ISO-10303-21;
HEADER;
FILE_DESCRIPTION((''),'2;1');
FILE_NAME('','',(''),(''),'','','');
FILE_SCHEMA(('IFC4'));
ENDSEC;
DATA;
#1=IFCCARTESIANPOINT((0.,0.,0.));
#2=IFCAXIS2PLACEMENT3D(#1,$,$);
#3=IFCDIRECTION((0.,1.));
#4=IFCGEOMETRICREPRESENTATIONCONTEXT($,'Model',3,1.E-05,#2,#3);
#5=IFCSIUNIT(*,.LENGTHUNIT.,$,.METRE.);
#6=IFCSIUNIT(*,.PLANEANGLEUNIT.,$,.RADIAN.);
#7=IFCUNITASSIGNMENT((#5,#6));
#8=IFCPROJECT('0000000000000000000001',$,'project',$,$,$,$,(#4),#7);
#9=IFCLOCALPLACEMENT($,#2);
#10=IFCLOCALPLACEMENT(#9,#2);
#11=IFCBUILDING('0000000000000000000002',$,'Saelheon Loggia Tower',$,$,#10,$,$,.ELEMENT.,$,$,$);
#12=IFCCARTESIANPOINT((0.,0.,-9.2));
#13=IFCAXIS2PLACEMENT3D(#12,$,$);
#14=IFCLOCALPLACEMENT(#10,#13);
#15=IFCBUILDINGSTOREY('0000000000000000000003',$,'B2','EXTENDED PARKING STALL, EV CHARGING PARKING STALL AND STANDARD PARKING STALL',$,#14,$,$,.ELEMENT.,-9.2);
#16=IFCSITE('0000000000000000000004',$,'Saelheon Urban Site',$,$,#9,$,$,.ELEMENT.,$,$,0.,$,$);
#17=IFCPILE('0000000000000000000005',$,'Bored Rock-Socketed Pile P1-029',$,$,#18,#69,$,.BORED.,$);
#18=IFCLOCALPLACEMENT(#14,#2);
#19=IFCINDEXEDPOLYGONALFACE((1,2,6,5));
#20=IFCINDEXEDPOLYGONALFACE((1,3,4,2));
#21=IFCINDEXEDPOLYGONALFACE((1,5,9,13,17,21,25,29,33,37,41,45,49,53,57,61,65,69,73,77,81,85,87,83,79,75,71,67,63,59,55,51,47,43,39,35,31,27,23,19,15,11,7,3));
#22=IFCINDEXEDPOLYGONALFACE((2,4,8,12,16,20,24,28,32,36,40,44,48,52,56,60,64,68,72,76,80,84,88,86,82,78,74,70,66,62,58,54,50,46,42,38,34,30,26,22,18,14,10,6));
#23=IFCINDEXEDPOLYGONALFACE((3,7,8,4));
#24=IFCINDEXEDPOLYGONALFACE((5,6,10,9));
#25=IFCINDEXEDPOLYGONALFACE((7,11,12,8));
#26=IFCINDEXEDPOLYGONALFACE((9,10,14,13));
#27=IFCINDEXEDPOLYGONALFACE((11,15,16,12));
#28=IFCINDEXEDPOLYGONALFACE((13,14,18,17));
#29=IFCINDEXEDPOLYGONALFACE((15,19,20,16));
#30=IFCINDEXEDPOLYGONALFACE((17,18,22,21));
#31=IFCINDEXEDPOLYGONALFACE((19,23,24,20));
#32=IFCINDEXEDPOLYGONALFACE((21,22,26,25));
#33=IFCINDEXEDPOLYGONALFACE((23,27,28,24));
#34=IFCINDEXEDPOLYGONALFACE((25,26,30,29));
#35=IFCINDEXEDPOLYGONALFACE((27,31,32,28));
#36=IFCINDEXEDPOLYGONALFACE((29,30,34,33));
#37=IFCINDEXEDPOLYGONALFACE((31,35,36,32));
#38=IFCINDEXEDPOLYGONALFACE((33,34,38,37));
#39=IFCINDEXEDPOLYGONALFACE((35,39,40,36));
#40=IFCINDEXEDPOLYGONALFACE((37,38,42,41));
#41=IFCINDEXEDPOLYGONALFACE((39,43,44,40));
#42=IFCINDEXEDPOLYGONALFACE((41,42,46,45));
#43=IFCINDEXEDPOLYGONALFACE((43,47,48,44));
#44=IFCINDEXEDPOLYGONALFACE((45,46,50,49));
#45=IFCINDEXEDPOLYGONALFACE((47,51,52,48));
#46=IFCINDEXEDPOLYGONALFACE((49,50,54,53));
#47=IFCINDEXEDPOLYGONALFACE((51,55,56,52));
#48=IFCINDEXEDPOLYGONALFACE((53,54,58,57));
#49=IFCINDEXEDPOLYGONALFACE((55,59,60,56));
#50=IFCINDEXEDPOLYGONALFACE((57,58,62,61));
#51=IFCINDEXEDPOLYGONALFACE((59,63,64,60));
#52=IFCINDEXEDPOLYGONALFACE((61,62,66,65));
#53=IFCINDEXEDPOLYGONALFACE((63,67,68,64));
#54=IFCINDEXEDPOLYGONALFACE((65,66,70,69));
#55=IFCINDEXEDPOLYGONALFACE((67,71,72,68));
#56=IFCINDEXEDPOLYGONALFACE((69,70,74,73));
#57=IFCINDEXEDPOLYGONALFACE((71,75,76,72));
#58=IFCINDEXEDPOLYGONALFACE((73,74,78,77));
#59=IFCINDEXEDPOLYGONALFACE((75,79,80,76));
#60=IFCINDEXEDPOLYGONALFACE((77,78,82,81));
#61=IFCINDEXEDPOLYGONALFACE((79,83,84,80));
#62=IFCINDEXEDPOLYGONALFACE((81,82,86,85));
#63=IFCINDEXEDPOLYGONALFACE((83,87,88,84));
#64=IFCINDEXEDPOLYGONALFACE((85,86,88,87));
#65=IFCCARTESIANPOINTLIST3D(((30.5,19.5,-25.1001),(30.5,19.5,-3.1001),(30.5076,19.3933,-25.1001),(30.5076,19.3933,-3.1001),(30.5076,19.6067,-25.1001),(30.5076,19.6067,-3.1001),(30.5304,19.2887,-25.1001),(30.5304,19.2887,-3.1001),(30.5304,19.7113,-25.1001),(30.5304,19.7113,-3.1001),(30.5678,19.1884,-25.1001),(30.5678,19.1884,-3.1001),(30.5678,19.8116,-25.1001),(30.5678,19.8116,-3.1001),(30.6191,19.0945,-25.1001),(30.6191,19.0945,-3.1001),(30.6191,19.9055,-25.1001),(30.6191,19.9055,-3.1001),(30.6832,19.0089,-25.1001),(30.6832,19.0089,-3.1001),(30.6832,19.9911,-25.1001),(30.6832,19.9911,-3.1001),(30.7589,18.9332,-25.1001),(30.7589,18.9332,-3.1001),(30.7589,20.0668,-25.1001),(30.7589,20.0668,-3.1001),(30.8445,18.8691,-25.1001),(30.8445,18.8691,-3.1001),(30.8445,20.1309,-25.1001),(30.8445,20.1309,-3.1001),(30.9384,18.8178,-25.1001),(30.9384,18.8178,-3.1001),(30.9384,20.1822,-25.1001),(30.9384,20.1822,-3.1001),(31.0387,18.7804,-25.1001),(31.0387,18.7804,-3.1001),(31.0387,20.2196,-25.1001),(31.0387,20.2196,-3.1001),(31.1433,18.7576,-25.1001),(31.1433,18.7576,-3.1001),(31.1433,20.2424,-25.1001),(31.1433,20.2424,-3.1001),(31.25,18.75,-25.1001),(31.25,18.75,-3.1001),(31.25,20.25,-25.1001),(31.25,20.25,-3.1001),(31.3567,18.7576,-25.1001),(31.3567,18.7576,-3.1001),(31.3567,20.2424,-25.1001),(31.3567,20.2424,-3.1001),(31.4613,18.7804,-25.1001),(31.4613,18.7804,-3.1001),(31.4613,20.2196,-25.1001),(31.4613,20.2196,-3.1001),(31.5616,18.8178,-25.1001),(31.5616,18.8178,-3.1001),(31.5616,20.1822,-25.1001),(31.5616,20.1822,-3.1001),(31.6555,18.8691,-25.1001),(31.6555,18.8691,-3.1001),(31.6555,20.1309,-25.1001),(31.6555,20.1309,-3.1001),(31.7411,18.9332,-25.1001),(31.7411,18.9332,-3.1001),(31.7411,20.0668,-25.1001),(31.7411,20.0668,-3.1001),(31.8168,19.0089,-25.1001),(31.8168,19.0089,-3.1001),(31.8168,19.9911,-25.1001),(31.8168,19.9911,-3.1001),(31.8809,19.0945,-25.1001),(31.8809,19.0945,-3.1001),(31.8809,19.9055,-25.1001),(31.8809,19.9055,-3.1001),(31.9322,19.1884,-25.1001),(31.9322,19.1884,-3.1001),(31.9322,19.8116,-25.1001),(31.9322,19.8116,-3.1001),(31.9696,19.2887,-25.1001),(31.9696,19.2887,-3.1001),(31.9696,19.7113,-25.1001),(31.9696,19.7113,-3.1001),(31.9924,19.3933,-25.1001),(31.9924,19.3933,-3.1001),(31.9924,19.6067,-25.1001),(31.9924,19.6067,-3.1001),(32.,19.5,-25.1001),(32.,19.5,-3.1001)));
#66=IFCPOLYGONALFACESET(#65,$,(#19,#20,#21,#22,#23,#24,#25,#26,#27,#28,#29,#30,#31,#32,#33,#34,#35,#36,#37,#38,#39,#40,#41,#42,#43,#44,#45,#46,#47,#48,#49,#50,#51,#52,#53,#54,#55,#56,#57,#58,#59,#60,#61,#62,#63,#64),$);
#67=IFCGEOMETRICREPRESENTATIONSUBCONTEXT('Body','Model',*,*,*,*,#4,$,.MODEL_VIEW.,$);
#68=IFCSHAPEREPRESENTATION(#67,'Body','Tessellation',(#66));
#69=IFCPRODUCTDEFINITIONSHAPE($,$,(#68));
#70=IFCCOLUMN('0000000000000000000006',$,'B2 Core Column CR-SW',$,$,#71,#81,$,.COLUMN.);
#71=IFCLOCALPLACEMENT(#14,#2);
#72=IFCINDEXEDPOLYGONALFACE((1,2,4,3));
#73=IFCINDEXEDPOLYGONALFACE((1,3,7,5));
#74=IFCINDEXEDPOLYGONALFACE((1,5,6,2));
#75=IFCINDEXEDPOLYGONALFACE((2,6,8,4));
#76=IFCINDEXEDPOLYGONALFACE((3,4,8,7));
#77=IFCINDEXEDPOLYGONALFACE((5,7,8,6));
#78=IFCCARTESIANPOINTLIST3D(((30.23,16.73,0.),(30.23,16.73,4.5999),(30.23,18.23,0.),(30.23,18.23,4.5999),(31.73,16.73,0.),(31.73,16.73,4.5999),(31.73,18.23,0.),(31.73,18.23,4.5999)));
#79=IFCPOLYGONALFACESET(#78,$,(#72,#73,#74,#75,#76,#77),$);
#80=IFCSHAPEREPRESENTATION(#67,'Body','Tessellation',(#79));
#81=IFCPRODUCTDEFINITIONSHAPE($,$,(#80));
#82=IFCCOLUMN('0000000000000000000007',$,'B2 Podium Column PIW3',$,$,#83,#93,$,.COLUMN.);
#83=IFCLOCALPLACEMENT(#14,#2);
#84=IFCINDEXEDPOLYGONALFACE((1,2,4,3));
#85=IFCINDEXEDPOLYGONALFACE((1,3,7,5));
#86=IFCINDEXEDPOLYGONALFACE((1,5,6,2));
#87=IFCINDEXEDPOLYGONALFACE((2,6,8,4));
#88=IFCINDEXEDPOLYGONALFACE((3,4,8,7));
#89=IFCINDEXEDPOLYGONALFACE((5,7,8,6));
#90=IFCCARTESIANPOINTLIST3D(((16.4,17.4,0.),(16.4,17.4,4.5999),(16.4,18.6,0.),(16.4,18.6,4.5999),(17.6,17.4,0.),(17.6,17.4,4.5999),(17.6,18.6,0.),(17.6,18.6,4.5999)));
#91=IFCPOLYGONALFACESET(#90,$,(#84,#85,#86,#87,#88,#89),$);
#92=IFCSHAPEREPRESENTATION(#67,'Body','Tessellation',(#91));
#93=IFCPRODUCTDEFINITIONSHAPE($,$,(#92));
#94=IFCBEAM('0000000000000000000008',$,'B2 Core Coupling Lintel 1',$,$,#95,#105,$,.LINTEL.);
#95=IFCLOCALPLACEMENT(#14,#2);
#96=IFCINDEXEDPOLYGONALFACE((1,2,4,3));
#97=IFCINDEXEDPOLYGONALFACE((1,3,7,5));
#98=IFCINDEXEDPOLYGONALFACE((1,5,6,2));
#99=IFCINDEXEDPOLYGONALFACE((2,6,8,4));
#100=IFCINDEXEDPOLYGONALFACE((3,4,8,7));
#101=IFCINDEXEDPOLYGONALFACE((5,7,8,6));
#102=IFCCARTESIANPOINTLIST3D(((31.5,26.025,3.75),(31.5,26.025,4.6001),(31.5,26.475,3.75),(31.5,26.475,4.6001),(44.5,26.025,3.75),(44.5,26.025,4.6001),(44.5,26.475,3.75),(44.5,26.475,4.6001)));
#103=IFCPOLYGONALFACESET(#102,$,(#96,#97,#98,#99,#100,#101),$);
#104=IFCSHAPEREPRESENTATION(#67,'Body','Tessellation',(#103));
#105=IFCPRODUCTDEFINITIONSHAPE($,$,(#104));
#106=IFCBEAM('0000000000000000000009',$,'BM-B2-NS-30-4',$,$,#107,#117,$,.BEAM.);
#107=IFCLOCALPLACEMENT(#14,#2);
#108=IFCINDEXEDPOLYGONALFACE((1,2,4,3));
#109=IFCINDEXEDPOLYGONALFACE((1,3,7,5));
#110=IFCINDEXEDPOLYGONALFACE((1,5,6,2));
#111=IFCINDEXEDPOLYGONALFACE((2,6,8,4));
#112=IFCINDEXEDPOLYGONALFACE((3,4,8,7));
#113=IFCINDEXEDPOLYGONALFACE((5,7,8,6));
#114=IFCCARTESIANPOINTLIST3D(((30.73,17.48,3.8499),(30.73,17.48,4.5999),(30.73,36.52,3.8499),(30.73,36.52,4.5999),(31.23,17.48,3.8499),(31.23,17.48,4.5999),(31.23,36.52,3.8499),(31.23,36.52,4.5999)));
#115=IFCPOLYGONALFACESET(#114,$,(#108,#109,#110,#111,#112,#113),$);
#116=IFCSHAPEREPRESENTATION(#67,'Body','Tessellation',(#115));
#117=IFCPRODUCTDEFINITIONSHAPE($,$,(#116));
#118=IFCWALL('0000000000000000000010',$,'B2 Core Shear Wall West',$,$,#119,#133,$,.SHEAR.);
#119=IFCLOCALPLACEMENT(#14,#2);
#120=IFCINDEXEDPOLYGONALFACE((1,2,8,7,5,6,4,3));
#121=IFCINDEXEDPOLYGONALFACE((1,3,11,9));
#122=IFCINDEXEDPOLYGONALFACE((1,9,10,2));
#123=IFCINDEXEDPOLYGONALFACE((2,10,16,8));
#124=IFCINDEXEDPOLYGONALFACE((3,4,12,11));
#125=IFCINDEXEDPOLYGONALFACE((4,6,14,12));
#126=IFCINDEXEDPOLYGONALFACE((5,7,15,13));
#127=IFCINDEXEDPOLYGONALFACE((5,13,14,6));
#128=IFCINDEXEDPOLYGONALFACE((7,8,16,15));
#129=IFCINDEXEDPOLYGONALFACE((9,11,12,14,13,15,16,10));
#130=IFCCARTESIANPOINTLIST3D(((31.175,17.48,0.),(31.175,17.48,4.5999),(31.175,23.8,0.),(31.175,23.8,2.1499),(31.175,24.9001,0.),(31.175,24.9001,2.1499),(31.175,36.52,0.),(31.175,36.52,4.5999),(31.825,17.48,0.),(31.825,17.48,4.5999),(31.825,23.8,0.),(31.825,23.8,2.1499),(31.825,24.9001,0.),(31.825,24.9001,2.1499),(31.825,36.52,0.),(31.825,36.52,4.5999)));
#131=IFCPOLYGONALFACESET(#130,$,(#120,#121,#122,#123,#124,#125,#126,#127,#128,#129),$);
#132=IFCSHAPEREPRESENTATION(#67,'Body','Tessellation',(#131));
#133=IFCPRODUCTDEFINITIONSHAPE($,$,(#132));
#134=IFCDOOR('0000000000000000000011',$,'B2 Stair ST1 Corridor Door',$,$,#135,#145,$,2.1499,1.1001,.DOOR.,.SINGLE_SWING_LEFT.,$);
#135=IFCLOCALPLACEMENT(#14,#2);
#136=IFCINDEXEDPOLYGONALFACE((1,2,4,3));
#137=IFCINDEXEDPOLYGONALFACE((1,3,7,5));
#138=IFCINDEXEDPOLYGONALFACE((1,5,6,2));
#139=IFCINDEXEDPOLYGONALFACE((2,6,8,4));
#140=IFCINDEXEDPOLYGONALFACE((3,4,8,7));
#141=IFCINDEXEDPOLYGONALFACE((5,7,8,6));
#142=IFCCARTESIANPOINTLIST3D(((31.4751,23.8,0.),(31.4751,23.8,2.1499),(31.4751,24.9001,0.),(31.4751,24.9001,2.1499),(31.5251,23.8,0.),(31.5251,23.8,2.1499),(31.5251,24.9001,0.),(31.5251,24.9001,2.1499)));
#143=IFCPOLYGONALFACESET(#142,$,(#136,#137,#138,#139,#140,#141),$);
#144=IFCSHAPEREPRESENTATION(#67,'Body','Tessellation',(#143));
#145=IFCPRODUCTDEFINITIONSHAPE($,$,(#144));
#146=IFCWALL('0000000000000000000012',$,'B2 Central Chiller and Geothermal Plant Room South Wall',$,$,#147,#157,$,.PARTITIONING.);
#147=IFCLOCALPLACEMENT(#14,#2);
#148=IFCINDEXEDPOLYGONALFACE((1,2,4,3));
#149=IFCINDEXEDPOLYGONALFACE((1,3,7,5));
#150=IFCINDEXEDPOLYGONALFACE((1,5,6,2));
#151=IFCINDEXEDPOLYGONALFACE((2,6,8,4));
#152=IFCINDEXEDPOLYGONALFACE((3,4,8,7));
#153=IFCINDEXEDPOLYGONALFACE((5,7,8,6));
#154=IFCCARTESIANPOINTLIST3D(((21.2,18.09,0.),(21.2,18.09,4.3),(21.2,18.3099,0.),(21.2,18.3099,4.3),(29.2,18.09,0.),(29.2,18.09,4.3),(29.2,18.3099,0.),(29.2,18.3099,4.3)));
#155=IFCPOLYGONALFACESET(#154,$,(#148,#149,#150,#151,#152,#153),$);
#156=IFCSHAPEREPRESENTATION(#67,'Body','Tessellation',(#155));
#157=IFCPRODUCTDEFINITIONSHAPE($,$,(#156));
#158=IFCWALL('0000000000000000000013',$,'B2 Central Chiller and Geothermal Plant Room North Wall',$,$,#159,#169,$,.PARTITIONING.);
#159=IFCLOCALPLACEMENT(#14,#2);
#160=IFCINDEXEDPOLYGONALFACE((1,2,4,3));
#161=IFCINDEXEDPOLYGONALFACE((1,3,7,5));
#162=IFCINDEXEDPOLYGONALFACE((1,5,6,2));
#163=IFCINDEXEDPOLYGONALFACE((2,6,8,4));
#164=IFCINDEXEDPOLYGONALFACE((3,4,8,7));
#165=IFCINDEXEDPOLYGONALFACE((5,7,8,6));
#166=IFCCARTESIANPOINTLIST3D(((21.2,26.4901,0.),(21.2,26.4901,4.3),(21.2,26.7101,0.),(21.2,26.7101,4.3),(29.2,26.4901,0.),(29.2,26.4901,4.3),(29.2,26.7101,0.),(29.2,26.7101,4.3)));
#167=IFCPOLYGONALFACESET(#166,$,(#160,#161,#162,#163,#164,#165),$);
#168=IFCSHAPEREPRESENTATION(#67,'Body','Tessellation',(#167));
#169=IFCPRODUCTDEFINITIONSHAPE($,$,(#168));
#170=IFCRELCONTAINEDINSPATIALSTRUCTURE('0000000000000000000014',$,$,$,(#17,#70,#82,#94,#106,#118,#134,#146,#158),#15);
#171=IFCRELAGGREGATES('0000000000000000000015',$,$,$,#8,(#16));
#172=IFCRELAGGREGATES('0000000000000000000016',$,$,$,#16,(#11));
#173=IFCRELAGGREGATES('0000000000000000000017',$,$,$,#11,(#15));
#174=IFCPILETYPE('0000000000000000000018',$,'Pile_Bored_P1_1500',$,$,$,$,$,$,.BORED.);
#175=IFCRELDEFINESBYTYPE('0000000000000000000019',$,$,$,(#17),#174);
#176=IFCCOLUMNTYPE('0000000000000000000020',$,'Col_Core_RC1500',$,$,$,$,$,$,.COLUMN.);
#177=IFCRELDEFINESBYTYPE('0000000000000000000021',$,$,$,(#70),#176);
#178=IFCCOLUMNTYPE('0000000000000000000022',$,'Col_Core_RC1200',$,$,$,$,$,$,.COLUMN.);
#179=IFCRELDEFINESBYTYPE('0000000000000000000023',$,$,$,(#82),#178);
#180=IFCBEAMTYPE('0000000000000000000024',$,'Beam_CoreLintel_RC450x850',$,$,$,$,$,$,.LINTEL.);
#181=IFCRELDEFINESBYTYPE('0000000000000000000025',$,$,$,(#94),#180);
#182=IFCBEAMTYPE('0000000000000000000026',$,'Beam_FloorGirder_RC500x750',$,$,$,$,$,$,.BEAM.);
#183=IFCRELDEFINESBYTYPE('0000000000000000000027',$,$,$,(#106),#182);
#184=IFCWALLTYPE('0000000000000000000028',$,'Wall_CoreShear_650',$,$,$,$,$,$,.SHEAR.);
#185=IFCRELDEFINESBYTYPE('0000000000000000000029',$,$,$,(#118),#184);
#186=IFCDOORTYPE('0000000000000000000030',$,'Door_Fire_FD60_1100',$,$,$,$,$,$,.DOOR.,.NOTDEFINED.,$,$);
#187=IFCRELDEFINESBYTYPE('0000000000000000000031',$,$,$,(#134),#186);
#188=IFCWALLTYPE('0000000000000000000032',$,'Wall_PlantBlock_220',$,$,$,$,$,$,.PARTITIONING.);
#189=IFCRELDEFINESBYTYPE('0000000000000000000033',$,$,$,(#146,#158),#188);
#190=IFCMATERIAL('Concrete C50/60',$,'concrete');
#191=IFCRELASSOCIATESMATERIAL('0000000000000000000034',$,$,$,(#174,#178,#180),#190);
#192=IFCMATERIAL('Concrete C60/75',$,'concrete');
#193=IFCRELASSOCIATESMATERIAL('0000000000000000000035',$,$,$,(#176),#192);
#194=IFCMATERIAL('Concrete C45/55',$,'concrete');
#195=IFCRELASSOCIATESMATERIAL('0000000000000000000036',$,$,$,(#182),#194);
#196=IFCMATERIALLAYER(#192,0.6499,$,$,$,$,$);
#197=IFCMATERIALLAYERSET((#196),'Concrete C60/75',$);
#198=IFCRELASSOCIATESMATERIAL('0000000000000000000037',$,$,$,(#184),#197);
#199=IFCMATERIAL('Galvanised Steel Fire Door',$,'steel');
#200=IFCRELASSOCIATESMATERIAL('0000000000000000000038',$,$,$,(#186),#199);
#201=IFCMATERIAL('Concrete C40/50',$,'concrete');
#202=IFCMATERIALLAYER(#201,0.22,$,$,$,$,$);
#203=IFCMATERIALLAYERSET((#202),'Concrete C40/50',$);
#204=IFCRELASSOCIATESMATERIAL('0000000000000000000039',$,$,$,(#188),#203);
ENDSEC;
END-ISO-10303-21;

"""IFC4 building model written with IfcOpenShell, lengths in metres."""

from ifc_helpers import new_model, si_unit, direction, frame, frame_2d, origin, origin_2d, place, context, subcontext, project, spatial, rectangle, circle, extrude, source, transform, mapped, material, layer, layer_set, material_profile, profile_set, type_object, element, fill, save


model = new_model("IFC4")

# Units and contexts
model_context = context("Model", 3, precision=1e-05, world=origin(), true_north=direction((0.0, 1.0)))
body_context = subcontext(model_context, "Body", "Model", "MODEL_VIEW")
ifc_project = project(units=[si_unit("LENGTHUNIT", "METRE"), si_unit("PLANEANGLEUNIT", "RADIAN")], contexts=[model_context])

# Site, building, storey
site_placement = place(None, origin())
site = spatial("IfcSite", under=ifc_project, at=site_placement, Name="Saelheon Urban Site", CompositionType="ELEMENT", RefElevation=0.0)
building_placement = place(site_placement, origin())
building = spatial("IfcBuilding", under=site, at=building_placement, Name="Saelheon Loggia Tower", CompositionType="ELEMENT")
storey_placement = place(building_placement, frame((0.0, 0.0, -9.2)))
storey = spatial("IfcBuildingStorey", under=building, at=storey_placement, Name="B2", Description="EXTENDED PARKING STALL, EV CHARGING PARKING STALL AND STANDARD PARKING STALL", CompositionType="ELEMENT", Elevation=-9.2)

# Pile
ifc_material_1 = material(Name="Concrete C50/60", Category="concrete")
ifc_material_profile_1 = material_profile(ifc_material_1, circle(Radius=0.75, at=origin_2d()), Name="CIRC-1500")
ifc_profile_set_1 = profile_set([ifc_material_profile_1], Name="Concrete C50/60")
pile_type = type_object("IfcPileType", Name="Pile_Bored_P1_1500", PredefinedType="BORED", material=ifc_profile_set_1)
shared_shape_1 = source(origin(), body_context, "Body", "SweptSolid", [
    extrude(circle(Radius=0.75, at=origin_2d()), origin(), (0.0, 0.0, 1.0), 22.0),
])
for number, where, z_axis, x_axis, name in (
    (1, (31.25, 19.5, -3.1001), (0.0, 0.0, -1.0), (1.0, 0.0, 0.0), "Bored Rock-Socketed Pile P1-029"),
):
    element("IfcPile", number, at=place(storey_placement, frame(where, z_axis=z_axis, x_axis=x_axis)), inside=storey, type_object=pile_type, Name=name, PredefinedType="BORED", context=body_context, shape_type="MappedRepresentation", body=[
        mapped(shared_shape_1, transform((0.0, 0.0, 0.0), scale=1.0)),
    ])

# Columns
ifc_material_2 = material(Name="Concrete C60/75", Category="concrete")
ifc_material_profile_2 = material_profile(ifc_material_2, rectangle(XDim=1.5, YDim=1.5, at=origin_2d()), Name="RC-1500x1500")
ifc_profile_set_2 = profile_set([ifc_material_profile_2], Name="Concrete C60/75")
column_type_1 = type_object("IfcColumnType", Name="Col_Core_RC1500", PredefinedType="COLUMN", material=ifc_profile_set_2)
shared_shape_2 = source(origin(), body_context, "Body", "SweptSolid", [
    extrude(rectangle(XDim=1.5, YDim=1.5, at=origin_2d()), origin(), (0.0, 0.0, 1.0), 4.5999),
])
column_1_placement = place(storey_placement, frame((30.98, 17.48, 0.0), z_axis=(0.0, 0.0, 1.0), x_axis=(1.0, 0.0, 0.0)))
element("IfcColumn", 2, at=column_1_placement, inside=storey, type_object=column_type_1, Name="B2 Core Column CR-SW", PredefinedType="COLUMN", context=body_context, shape_type="MappedRepresentation", body=[
    mapped(shared_shape_2, transform((0.0, 0.0, 0.0), scale=1.0)),
])
ifc_material_profile_3 = material_profile(ifc_material_1, rectangle(XDim=1.2, YDim=1.2, at=origin_2d()), Name="RC-1200x1200")
ifc_profile_set_3 = profile_set([ifc_material_profile_3], Name="Concrete C50/60")
column_type_2 = type_object("IfcColumnType", Name="Col_Core_RC1200", PredefinedType="COLUMN", material=ifc_profile_set_3)
shared_shape_3 = source(origin(), body_context, "Body", "SweptSolid", [
    extrude(rectangle(XDim=1.2, YDim=1.2, at=origin_2d()), origin(), (0.0, 0.0, 1.0), 4.5999),
])
column_2_placement = place(storey_placement, frame((17.0, 18.0, 0.0), z_axis=(0.0, 0.0, 1.0), x_axis=(1.0, 0.0, 0.0)))
element("IfcColumn", 3, at=column_2_placement, inside=storey, type_object=column_type_2, Name="B2 Podium Column PIW3", PredefinedType="COLUMN", context=body_context, shape_type="MappedRepresentation", body=[
    mapped(shared_shape_3, transform((0.0, 0.0, 0.0), scale=1.0)),
])

# Beams
ifc_material_profile_4 = material_profile(ifc_material_1, rectangle(XDim=0.45, YDim=0.8501, at=origin_2d()), Name="RC-450x850")
ifc_profile_set_4 = profile_set([ifc_material_profile_4], Name="Concrete C50/60")
beam_type_1 = type_object("IfcBeamType", Name="Beam_CoreLintel_RC450x850", PredefinedType="LINTEL", material=ifc_profile_set_4)
shared_shape_4 = source(origin(), body_context, "Body", "SweptSolid", [
    extrude(rectangle(XDim=0.45, YDim=0.8501, at=origin_2d()), origin(), (0.0, 0.0, 1.0), 13.0),
])
beam_1_placement = place(storey_placement, frame((31.5, 26.25, 4.175), z_axis=(1.0, 0.0, 0.0), x_axis=(0.0, 1.0, 0.0)))
element("IfcBeam", 4, at=beam_1_placement, inside=storey, type_object=beam_type_1, Name="B2 Core Coupling Lintel 1", PredefinedType="LINTEL", context=body_context, shape_type="MappedRepresentation", body=[
    mapped(shared_shape_4, transform((0.0, 0.0, 0.0), scale=1.0)),
])
ifc_material_3 = material(Name="Concrete C45/55", Category="concrete")
ifc_material_profile_5 = material_profile(ifc_material_3, rectangle(XDim=0.5, YDim=0.75, at=origin_2d()), Name="RC-500x750")
ifc_profile_set_5 = profile_set([ifc_material_profile_5], Name="Concrete C45/55")
beam_type_2 = type_object("IfcBeamType", Name="Beam_FloorGirder_RC500x750", PredefinedType="BEAM", material=ifc_profile_set_5)
shared_shape_5 = source(origin(), body_context, "Body", "SweptSolid", [
    extrude(rectangle(XDim=0.5, YDim=0.75, at=origin_2d()), origin(), (0.0, 0.0, 1.0), 19.04),
])
beam_2_placement = place(storey_placement, frame((30.98, 17.48, 4.2249), z_axis=(0.0, 1.0, 0.0), x_axis=(-1.0, 0.0, 0.0)))
element("IfcBeam", 5, at=beam_2_placement, inside=storey, type_object=beam_type_2, Name="BM-B2-NS-30-4", PredefinedType="BEAM", context=body_context, shape_type="MappedRepresentation", body=[
    mapped(shared_shape_5, transform((0.0, 0.0, 0.0), scale=1.0)),
])

# Wall, opening, door
ifc_layer_1 = layer(ifc_material_2, 0.6499)
ifc_layer_set_1 = layer_set([ifc_layer_1], Name="Concrete C60/75")
wall_type_1 = type_object("IfcWallType", Name="Wall_CoreShear_650", PredefinedType="SHEAR", material=ifc_layer_set_1)
wall_1_placement = place(storey_placement, frame((31.5, 17.48, 0.0), z_axis=(0.0, 0.0, 1.0), x_axis=(0.0, 1.0, 0.0)))
wall_1 = element("IfcWall", 6, at=wall_1_placement, inside=storey, type_object=wall_type_1, Name="B2 Core Shear Wall West", PredefinedType="SHEAR", context=body_context, shape_type="SweptSolid", body=[
    extrude(rectangle(XDim=19.04, YDim=0.6499, at=frame_2d((9.52, 0.0))), origin(), (0.0, 0.0, 1.0), 4.5999),
])
opening_1_placement = place(wall_1_placement, frame((6.3201, 0.0, 0.0)))
opening_1 = element("IfcOpeningElement", 7, at=opening_1_placement, cuts=wall_1, PredefinedType="OPENING", context=body_context, shape_type="SweptSolid", body=[
    extrude(rectangle(XDim=1.1001, YDim=2.1499, at=frame_2d((0.55, 1.075))), frame((0.0, 0.3369, 0.0), z_axis=(0.0, -1.0, 0.0), x_axis=(1.0, 0.0, 0.0)), (0.0, 0.0, 1.0), 0.6738),
])
ifc_material_4 = material(Name="Galvanised Steel Fire Door", Category="steel")
door_type = type_object("IfcDoorType", Name="Door_Fire_FD60_1100", OperationType="NOTDEFINED", PredefinedType="DOOR", material=ifc_material_4)
shared_shape_6 = source(origin(), body_context, "Body", "SweptSolid", [
    extrude(rectangle(XDim=1.1001, YDim=2.1499, at=frame_2d((0.55, 1.075))), frame((0.0, 0.0249, 0.0), z_axis=(0.0, -1.0, 0.0), x_axis=(1.0, 0.0, 0.0)), (0.0, 0.0, 1.0), 0.05),
])
door_1_placement = place(opening_1_placement, origin())
door_1 = element("IfcDoor", 8, at=door_1_placement, inside=storey, type_object=door_type, Name="B2 Stair ST1 Corridor Door", OperationType="SINGLE_SWING_LEFT", OverallHeight=2.1499, OverallWidth=1.1001, PredefinedType="DOOR", context=body_context, shape_type="MappedRepresentation", body=[
    mapped(shared_shape_6, transform((0.0, 0.0, 0.0), scale=1.0)),
])
fill(opening_1, door_1)

# Walls
ifc_material_5 = material(Name="Concrete C40/50", Category="concrete")
ifc_layer_2 = layer(ifc_material_5, 0.22)
ifc_layer_set_2 = layer_set([ifc_layer_2], Name="Concrete C40/50")
wall_type_2 = type_object("IfcWallType", Name="Wall_PlantBlock_220", PredefinedType="PARTITIONING", material=ifc_layer_set_2)
for number, where, z_axis, x_axis, name in (
    (9, (21.2, 18.2, 0.0), (0.0, 0.0, 1.0), (1.0, 0.0, 0.0), "B2 Central Chiller and Geothermal Plant Room South Wall"),
    (10, (21.2, 26.6001, 0.0), (0.0, 0.0, 1.0), (1.0, 0.0, 0.0), "B2 Central Chiller and Geothermal Plant Room North Wall"),
):
    element("IfcWall", number, at=place(storey_placement, frame(where, z_axis=z_axis, x_axis=x_axis)), inside=storey, type_object=wall_type_2, Name=name, PredefinedType="PARTITIONING", context=body_context, shape_type="SweptSolid", body=[
        extrude(rectangle(XDim=8.0, YDim=0.22, at=frame_2d((4.0, 0.0))), origin(), (0.0, 0.0, 1.0), 4.3),
    ])

save(model, "model.ifc")
